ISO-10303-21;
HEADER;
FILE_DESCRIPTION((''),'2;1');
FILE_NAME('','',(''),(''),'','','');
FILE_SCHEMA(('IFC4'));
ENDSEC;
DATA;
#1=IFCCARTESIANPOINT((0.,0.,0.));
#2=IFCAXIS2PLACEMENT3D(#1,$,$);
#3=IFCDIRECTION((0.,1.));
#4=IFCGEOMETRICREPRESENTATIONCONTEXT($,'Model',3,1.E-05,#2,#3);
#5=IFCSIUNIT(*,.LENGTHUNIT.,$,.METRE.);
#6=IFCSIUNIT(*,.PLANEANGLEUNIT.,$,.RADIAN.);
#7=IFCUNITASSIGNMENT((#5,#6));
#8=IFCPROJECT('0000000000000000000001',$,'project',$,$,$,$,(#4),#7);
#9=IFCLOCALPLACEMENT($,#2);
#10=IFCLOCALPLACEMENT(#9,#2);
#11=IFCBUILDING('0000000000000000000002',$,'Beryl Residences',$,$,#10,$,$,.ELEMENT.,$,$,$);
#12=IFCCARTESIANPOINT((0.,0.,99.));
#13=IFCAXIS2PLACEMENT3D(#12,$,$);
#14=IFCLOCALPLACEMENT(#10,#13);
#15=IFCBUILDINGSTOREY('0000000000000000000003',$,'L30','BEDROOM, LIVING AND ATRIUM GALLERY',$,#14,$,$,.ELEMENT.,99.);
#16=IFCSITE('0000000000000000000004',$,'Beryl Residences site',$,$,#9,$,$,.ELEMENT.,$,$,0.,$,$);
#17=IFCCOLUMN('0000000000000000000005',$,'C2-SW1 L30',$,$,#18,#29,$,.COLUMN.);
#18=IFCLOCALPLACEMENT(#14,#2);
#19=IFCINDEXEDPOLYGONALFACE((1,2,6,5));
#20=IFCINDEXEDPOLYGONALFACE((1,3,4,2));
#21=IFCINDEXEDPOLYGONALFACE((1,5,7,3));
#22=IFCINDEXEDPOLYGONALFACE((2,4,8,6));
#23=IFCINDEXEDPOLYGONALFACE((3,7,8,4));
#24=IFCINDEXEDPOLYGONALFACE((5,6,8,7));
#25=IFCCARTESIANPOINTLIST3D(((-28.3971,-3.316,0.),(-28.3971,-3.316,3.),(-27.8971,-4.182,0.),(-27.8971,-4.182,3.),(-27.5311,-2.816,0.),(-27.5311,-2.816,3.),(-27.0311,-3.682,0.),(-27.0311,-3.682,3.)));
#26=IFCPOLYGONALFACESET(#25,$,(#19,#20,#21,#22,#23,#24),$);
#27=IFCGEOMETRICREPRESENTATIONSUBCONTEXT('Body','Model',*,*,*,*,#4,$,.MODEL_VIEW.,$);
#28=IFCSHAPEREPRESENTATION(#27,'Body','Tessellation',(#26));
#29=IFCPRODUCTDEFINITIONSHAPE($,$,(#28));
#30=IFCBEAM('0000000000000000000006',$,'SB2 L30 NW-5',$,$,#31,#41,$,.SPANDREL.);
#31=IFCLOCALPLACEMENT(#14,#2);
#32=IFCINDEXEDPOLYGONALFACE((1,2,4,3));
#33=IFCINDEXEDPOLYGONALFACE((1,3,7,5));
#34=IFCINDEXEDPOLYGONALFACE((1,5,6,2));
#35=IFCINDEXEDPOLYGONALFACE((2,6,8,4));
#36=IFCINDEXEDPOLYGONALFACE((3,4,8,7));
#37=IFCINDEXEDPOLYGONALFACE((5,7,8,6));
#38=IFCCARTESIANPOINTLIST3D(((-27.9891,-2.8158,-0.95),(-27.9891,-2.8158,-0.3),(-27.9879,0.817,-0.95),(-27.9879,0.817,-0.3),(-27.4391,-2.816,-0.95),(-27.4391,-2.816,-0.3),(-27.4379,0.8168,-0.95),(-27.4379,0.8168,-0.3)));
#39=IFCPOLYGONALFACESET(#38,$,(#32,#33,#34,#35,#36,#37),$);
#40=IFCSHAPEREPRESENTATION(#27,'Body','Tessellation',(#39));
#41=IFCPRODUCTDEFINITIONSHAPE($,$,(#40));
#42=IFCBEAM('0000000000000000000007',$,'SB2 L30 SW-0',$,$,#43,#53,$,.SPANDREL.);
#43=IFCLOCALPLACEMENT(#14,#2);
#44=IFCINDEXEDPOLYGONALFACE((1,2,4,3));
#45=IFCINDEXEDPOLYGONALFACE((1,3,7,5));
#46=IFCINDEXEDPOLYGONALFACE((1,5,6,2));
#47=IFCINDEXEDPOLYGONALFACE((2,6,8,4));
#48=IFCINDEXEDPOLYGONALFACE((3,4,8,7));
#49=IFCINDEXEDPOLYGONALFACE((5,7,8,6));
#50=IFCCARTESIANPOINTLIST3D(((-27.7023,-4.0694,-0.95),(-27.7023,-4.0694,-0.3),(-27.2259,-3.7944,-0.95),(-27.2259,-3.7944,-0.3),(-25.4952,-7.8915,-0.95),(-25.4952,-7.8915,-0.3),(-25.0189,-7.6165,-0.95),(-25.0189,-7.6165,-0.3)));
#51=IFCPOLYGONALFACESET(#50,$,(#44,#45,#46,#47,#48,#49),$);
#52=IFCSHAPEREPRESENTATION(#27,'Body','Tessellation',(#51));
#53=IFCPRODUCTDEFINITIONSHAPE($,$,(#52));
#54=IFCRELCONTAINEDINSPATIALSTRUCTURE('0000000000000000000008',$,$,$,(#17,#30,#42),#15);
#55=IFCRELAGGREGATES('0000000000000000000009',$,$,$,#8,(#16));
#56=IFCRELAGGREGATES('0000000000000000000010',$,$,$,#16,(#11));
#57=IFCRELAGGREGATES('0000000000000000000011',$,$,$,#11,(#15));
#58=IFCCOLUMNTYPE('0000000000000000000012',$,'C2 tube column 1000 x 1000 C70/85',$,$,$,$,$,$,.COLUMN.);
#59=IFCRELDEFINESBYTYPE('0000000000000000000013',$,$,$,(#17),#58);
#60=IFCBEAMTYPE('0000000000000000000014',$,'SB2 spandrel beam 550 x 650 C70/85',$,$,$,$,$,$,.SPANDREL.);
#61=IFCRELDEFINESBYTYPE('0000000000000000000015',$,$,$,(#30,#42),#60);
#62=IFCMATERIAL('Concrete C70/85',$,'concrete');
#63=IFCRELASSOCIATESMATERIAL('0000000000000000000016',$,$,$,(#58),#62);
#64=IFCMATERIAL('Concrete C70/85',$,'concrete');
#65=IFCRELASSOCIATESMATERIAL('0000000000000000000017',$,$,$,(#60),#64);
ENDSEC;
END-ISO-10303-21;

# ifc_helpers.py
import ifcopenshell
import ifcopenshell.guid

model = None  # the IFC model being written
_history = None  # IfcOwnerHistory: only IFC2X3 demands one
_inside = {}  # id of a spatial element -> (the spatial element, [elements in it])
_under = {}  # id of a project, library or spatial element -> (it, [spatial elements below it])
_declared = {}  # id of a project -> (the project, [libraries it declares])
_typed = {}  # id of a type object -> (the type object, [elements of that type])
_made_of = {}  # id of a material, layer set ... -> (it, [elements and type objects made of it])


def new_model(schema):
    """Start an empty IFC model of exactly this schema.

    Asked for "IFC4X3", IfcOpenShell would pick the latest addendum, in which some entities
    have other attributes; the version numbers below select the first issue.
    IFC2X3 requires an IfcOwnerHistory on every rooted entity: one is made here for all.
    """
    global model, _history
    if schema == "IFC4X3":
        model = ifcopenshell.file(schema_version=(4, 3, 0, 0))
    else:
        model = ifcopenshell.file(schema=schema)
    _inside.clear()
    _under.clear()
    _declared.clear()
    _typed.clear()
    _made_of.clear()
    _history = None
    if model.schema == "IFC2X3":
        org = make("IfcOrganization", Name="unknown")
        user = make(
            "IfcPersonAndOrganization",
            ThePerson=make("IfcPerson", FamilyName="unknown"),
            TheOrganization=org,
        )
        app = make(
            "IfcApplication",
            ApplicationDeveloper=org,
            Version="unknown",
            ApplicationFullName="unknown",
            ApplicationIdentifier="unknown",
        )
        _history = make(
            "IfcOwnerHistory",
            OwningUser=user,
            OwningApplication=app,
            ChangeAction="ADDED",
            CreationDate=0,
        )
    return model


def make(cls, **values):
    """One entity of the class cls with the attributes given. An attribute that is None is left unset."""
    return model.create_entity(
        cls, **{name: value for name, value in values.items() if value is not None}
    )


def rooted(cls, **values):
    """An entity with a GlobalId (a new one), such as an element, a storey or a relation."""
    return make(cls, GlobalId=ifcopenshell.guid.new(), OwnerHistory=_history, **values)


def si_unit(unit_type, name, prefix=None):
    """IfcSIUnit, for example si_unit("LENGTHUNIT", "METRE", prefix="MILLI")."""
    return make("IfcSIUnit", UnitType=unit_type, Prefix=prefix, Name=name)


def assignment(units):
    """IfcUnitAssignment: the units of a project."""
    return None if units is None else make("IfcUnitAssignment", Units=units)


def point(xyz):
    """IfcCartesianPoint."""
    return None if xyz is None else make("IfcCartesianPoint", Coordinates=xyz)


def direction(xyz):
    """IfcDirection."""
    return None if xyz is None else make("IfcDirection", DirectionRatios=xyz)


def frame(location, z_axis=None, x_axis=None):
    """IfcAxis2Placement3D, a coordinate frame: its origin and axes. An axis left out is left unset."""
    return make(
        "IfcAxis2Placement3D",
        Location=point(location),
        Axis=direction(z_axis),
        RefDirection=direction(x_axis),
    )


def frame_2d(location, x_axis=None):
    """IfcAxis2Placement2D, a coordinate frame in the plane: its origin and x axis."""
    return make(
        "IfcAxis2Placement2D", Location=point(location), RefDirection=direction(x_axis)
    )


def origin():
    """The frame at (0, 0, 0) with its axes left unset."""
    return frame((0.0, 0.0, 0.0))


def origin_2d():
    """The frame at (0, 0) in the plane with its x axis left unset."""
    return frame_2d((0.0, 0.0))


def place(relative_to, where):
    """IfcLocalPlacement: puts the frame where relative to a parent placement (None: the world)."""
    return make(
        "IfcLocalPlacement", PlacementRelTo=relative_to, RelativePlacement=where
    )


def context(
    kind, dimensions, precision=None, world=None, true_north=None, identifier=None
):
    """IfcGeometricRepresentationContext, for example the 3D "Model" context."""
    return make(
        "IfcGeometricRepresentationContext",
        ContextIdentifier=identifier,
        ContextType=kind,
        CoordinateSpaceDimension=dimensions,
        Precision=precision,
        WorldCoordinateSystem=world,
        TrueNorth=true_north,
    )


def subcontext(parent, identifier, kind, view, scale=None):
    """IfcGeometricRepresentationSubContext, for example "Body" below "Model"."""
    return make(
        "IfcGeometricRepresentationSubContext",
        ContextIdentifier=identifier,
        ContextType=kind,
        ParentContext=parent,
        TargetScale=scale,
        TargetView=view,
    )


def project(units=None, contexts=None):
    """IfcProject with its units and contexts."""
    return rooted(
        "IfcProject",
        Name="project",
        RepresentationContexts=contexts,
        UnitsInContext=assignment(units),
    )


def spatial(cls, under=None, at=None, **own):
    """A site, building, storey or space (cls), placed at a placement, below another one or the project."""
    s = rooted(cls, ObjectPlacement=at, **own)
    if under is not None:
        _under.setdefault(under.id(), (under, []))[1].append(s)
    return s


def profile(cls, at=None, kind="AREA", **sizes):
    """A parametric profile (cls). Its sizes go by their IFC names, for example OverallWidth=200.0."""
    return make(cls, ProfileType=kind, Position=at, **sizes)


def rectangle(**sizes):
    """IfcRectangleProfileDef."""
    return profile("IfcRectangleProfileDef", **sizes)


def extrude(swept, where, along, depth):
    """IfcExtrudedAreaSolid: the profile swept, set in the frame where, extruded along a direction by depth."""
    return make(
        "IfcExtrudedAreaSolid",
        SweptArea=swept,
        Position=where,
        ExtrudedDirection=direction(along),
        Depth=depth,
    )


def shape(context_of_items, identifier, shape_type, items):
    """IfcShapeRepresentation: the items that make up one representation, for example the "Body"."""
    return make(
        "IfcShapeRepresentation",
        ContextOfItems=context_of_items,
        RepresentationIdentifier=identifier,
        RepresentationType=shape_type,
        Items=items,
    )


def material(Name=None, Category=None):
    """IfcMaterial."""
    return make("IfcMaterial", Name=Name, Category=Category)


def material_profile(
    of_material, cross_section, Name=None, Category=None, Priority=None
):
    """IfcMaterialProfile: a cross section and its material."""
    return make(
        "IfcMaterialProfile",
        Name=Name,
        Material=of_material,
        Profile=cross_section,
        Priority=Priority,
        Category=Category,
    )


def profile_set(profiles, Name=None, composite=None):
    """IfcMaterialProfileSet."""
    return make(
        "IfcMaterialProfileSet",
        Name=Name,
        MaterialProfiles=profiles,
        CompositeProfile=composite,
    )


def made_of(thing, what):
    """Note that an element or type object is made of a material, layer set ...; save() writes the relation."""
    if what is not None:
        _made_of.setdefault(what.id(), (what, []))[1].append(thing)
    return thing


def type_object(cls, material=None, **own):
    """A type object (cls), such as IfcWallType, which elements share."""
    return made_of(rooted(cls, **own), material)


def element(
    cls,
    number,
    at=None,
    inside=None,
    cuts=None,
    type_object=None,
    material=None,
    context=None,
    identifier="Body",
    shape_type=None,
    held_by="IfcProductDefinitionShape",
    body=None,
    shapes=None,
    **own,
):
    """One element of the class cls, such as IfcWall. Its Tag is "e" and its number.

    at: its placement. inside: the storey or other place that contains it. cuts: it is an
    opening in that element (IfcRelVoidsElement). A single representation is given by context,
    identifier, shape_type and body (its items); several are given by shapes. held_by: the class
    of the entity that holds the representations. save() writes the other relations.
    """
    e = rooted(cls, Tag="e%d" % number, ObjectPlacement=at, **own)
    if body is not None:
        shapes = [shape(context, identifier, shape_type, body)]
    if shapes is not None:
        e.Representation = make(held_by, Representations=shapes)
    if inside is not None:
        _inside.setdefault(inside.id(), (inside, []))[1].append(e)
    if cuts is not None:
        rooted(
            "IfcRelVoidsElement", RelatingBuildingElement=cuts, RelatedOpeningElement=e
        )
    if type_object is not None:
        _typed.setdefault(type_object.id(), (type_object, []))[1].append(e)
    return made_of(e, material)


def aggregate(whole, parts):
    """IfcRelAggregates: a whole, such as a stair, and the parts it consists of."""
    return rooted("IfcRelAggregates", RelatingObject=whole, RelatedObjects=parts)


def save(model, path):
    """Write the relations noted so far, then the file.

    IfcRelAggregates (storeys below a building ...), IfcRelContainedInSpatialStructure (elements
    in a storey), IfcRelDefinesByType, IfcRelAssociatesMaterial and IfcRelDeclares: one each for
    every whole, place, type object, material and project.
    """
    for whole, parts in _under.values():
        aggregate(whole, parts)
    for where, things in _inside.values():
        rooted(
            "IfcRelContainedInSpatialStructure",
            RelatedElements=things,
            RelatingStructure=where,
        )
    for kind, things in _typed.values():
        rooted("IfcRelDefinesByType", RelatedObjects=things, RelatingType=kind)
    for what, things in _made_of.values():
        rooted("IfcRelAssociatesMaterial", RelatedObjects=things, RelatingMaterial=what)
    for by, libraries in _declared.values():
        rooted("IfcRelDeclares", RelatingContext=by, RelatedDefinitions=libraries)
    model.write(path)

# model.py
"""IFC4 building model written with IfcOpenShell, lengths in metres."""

from ifc_helpers import new_model, si_unit, direction, frame, origin, origin_2d, place, context, subcontext, project, spatial, rectangle, extrude, material, material_profile, profile_set, type_object, element, save


model = new_model("IFC4")

# Units and contexts
model_context = context("Model", 3, precision=1e-05, world=origin(), true_north=direction((0.0, 1.0)))
body_context = subcontext(model_context, "Body", "Model", "MODEL_VIEW")
ifc_project = project(units=[si_unit("LENGTHUNIT", "METRE"), si_unit("PLANEANGLEUNIT", "RADIAN")], contexts=[model_context])

# Site, building, storey
site_placement = place(None, origin())
site = spatial("IfcSite", under=ifc_project, at=site_placement, Name="Beryl Residences site", CompositionType="ELEMENT", RefElevation=0.0)
building_placement = place(site_placement, origin())
building = spatial("IfcBuilding", under=site, at=building_placement, Name="Beryl Residences", CompositionType="ELEMENT")
storey_placement = place(building_placement, frame((0.0, 0.0, 99.0)))
storey = spatial("IfcBuildingStorey", under=building, at=storey_placement, Name="L30", Description="BEDROOM, LIVING AND ATRIUM GALLERY", CompositionType="ELEMENT", Elevation=99.0)

# Column
ifc_material_1 = material(Name="Concrete C70/85", Category="concrete")
ifc_material_profile_1 = material_profile(ifc_material_1, rectangle(XDim=1.0, YDim=1.0, at=origin_2d()))
ifc_profile_set_1 = profile_set([ifc_material_profile_1], Name="Concrete C70/85")
column_type = type_object("IfcColumnType", Name="C2 tube column 1000 x 1000 C70/85", PredefinedType="COLUMN", material=ifc_profile_set_1)
column_placement = place(storey_placement, frame((-27.7141, -3.499, 0.0), z_axis=(0.0, 0.0, 1.0), x_axis=(0.5, -0.866025, 0.0)))
element("IfcColumn", 1, at=column_placement, inside=storey, type_object=column_type, Name="C2-SW1 L30", PredefinedType="COLUMN", context=body_context, shape_type="SweptSolid", body=[
    extrude(rectangle(XDim=1.0, YDim=1.0, at=origin_2d()), origin(), (0.0, 0.0, 1.0), 3.0),
])

# Beams
ifc_material_2 = material(Name="Concrete C70/85", Category="concrete")
ifc_material_profile_2 = material_profile(ifc_material_2, rectangle(XDim=0.55, YDim=0.6499, at=origin_2d()))
ifc_profile_set_2 = profile_set([ifc_material_profile_2], Name="Concrete C70/85")
beam_type = type_object("IfcBeamType", Name="SB2 spandrel beam 550 x 650 C70/85", PredefinedType="SPANDREL", material=ifc_profile_set_2)
beam_1_placement = place(storey_placement, frame((-27.7129, 0.8169, -0.625), z_axis=(-0.000336, -1.0, 0.0), x_axis=(1.0, -0.000336, 0.0)))
element("IfcBeam", 2, at=beam_1_placement, inside=storey, type_object=beam_type, Name="SB2 L30 NW-5", PredefinedType="SPANDREL", context=body_context, shape_type="SweptSolid", body=[
    extrude(rectangle(XDim=0.55, YDim=0.6499, at=origin_2d()), origin(), (0.0, 0.0, 1.0), 3.6328),
])
beam_2_placement = place(storey_placement, frame((-27.4641, -3.9319, -0.625), z_axis=(0.500066, -0.865988, 0.0), x_axis=(0.865988, 0.500066, 0.0)))
element("IfcBeam", 3, at=beam_2_placement, inside=storey, type_object=beam_type, Name="SB2 L30 SW-0", PredefinedType="SPANDREL", context=body_context, shape_type="SweptSolid", body=[
    extrude(rectangle(XDim=0.55, YDim=0.6499, at=origin_2d()), origin(), (0.0, 0.0, 1.0), 4.4136),
])

save(model, "model.ifc")
